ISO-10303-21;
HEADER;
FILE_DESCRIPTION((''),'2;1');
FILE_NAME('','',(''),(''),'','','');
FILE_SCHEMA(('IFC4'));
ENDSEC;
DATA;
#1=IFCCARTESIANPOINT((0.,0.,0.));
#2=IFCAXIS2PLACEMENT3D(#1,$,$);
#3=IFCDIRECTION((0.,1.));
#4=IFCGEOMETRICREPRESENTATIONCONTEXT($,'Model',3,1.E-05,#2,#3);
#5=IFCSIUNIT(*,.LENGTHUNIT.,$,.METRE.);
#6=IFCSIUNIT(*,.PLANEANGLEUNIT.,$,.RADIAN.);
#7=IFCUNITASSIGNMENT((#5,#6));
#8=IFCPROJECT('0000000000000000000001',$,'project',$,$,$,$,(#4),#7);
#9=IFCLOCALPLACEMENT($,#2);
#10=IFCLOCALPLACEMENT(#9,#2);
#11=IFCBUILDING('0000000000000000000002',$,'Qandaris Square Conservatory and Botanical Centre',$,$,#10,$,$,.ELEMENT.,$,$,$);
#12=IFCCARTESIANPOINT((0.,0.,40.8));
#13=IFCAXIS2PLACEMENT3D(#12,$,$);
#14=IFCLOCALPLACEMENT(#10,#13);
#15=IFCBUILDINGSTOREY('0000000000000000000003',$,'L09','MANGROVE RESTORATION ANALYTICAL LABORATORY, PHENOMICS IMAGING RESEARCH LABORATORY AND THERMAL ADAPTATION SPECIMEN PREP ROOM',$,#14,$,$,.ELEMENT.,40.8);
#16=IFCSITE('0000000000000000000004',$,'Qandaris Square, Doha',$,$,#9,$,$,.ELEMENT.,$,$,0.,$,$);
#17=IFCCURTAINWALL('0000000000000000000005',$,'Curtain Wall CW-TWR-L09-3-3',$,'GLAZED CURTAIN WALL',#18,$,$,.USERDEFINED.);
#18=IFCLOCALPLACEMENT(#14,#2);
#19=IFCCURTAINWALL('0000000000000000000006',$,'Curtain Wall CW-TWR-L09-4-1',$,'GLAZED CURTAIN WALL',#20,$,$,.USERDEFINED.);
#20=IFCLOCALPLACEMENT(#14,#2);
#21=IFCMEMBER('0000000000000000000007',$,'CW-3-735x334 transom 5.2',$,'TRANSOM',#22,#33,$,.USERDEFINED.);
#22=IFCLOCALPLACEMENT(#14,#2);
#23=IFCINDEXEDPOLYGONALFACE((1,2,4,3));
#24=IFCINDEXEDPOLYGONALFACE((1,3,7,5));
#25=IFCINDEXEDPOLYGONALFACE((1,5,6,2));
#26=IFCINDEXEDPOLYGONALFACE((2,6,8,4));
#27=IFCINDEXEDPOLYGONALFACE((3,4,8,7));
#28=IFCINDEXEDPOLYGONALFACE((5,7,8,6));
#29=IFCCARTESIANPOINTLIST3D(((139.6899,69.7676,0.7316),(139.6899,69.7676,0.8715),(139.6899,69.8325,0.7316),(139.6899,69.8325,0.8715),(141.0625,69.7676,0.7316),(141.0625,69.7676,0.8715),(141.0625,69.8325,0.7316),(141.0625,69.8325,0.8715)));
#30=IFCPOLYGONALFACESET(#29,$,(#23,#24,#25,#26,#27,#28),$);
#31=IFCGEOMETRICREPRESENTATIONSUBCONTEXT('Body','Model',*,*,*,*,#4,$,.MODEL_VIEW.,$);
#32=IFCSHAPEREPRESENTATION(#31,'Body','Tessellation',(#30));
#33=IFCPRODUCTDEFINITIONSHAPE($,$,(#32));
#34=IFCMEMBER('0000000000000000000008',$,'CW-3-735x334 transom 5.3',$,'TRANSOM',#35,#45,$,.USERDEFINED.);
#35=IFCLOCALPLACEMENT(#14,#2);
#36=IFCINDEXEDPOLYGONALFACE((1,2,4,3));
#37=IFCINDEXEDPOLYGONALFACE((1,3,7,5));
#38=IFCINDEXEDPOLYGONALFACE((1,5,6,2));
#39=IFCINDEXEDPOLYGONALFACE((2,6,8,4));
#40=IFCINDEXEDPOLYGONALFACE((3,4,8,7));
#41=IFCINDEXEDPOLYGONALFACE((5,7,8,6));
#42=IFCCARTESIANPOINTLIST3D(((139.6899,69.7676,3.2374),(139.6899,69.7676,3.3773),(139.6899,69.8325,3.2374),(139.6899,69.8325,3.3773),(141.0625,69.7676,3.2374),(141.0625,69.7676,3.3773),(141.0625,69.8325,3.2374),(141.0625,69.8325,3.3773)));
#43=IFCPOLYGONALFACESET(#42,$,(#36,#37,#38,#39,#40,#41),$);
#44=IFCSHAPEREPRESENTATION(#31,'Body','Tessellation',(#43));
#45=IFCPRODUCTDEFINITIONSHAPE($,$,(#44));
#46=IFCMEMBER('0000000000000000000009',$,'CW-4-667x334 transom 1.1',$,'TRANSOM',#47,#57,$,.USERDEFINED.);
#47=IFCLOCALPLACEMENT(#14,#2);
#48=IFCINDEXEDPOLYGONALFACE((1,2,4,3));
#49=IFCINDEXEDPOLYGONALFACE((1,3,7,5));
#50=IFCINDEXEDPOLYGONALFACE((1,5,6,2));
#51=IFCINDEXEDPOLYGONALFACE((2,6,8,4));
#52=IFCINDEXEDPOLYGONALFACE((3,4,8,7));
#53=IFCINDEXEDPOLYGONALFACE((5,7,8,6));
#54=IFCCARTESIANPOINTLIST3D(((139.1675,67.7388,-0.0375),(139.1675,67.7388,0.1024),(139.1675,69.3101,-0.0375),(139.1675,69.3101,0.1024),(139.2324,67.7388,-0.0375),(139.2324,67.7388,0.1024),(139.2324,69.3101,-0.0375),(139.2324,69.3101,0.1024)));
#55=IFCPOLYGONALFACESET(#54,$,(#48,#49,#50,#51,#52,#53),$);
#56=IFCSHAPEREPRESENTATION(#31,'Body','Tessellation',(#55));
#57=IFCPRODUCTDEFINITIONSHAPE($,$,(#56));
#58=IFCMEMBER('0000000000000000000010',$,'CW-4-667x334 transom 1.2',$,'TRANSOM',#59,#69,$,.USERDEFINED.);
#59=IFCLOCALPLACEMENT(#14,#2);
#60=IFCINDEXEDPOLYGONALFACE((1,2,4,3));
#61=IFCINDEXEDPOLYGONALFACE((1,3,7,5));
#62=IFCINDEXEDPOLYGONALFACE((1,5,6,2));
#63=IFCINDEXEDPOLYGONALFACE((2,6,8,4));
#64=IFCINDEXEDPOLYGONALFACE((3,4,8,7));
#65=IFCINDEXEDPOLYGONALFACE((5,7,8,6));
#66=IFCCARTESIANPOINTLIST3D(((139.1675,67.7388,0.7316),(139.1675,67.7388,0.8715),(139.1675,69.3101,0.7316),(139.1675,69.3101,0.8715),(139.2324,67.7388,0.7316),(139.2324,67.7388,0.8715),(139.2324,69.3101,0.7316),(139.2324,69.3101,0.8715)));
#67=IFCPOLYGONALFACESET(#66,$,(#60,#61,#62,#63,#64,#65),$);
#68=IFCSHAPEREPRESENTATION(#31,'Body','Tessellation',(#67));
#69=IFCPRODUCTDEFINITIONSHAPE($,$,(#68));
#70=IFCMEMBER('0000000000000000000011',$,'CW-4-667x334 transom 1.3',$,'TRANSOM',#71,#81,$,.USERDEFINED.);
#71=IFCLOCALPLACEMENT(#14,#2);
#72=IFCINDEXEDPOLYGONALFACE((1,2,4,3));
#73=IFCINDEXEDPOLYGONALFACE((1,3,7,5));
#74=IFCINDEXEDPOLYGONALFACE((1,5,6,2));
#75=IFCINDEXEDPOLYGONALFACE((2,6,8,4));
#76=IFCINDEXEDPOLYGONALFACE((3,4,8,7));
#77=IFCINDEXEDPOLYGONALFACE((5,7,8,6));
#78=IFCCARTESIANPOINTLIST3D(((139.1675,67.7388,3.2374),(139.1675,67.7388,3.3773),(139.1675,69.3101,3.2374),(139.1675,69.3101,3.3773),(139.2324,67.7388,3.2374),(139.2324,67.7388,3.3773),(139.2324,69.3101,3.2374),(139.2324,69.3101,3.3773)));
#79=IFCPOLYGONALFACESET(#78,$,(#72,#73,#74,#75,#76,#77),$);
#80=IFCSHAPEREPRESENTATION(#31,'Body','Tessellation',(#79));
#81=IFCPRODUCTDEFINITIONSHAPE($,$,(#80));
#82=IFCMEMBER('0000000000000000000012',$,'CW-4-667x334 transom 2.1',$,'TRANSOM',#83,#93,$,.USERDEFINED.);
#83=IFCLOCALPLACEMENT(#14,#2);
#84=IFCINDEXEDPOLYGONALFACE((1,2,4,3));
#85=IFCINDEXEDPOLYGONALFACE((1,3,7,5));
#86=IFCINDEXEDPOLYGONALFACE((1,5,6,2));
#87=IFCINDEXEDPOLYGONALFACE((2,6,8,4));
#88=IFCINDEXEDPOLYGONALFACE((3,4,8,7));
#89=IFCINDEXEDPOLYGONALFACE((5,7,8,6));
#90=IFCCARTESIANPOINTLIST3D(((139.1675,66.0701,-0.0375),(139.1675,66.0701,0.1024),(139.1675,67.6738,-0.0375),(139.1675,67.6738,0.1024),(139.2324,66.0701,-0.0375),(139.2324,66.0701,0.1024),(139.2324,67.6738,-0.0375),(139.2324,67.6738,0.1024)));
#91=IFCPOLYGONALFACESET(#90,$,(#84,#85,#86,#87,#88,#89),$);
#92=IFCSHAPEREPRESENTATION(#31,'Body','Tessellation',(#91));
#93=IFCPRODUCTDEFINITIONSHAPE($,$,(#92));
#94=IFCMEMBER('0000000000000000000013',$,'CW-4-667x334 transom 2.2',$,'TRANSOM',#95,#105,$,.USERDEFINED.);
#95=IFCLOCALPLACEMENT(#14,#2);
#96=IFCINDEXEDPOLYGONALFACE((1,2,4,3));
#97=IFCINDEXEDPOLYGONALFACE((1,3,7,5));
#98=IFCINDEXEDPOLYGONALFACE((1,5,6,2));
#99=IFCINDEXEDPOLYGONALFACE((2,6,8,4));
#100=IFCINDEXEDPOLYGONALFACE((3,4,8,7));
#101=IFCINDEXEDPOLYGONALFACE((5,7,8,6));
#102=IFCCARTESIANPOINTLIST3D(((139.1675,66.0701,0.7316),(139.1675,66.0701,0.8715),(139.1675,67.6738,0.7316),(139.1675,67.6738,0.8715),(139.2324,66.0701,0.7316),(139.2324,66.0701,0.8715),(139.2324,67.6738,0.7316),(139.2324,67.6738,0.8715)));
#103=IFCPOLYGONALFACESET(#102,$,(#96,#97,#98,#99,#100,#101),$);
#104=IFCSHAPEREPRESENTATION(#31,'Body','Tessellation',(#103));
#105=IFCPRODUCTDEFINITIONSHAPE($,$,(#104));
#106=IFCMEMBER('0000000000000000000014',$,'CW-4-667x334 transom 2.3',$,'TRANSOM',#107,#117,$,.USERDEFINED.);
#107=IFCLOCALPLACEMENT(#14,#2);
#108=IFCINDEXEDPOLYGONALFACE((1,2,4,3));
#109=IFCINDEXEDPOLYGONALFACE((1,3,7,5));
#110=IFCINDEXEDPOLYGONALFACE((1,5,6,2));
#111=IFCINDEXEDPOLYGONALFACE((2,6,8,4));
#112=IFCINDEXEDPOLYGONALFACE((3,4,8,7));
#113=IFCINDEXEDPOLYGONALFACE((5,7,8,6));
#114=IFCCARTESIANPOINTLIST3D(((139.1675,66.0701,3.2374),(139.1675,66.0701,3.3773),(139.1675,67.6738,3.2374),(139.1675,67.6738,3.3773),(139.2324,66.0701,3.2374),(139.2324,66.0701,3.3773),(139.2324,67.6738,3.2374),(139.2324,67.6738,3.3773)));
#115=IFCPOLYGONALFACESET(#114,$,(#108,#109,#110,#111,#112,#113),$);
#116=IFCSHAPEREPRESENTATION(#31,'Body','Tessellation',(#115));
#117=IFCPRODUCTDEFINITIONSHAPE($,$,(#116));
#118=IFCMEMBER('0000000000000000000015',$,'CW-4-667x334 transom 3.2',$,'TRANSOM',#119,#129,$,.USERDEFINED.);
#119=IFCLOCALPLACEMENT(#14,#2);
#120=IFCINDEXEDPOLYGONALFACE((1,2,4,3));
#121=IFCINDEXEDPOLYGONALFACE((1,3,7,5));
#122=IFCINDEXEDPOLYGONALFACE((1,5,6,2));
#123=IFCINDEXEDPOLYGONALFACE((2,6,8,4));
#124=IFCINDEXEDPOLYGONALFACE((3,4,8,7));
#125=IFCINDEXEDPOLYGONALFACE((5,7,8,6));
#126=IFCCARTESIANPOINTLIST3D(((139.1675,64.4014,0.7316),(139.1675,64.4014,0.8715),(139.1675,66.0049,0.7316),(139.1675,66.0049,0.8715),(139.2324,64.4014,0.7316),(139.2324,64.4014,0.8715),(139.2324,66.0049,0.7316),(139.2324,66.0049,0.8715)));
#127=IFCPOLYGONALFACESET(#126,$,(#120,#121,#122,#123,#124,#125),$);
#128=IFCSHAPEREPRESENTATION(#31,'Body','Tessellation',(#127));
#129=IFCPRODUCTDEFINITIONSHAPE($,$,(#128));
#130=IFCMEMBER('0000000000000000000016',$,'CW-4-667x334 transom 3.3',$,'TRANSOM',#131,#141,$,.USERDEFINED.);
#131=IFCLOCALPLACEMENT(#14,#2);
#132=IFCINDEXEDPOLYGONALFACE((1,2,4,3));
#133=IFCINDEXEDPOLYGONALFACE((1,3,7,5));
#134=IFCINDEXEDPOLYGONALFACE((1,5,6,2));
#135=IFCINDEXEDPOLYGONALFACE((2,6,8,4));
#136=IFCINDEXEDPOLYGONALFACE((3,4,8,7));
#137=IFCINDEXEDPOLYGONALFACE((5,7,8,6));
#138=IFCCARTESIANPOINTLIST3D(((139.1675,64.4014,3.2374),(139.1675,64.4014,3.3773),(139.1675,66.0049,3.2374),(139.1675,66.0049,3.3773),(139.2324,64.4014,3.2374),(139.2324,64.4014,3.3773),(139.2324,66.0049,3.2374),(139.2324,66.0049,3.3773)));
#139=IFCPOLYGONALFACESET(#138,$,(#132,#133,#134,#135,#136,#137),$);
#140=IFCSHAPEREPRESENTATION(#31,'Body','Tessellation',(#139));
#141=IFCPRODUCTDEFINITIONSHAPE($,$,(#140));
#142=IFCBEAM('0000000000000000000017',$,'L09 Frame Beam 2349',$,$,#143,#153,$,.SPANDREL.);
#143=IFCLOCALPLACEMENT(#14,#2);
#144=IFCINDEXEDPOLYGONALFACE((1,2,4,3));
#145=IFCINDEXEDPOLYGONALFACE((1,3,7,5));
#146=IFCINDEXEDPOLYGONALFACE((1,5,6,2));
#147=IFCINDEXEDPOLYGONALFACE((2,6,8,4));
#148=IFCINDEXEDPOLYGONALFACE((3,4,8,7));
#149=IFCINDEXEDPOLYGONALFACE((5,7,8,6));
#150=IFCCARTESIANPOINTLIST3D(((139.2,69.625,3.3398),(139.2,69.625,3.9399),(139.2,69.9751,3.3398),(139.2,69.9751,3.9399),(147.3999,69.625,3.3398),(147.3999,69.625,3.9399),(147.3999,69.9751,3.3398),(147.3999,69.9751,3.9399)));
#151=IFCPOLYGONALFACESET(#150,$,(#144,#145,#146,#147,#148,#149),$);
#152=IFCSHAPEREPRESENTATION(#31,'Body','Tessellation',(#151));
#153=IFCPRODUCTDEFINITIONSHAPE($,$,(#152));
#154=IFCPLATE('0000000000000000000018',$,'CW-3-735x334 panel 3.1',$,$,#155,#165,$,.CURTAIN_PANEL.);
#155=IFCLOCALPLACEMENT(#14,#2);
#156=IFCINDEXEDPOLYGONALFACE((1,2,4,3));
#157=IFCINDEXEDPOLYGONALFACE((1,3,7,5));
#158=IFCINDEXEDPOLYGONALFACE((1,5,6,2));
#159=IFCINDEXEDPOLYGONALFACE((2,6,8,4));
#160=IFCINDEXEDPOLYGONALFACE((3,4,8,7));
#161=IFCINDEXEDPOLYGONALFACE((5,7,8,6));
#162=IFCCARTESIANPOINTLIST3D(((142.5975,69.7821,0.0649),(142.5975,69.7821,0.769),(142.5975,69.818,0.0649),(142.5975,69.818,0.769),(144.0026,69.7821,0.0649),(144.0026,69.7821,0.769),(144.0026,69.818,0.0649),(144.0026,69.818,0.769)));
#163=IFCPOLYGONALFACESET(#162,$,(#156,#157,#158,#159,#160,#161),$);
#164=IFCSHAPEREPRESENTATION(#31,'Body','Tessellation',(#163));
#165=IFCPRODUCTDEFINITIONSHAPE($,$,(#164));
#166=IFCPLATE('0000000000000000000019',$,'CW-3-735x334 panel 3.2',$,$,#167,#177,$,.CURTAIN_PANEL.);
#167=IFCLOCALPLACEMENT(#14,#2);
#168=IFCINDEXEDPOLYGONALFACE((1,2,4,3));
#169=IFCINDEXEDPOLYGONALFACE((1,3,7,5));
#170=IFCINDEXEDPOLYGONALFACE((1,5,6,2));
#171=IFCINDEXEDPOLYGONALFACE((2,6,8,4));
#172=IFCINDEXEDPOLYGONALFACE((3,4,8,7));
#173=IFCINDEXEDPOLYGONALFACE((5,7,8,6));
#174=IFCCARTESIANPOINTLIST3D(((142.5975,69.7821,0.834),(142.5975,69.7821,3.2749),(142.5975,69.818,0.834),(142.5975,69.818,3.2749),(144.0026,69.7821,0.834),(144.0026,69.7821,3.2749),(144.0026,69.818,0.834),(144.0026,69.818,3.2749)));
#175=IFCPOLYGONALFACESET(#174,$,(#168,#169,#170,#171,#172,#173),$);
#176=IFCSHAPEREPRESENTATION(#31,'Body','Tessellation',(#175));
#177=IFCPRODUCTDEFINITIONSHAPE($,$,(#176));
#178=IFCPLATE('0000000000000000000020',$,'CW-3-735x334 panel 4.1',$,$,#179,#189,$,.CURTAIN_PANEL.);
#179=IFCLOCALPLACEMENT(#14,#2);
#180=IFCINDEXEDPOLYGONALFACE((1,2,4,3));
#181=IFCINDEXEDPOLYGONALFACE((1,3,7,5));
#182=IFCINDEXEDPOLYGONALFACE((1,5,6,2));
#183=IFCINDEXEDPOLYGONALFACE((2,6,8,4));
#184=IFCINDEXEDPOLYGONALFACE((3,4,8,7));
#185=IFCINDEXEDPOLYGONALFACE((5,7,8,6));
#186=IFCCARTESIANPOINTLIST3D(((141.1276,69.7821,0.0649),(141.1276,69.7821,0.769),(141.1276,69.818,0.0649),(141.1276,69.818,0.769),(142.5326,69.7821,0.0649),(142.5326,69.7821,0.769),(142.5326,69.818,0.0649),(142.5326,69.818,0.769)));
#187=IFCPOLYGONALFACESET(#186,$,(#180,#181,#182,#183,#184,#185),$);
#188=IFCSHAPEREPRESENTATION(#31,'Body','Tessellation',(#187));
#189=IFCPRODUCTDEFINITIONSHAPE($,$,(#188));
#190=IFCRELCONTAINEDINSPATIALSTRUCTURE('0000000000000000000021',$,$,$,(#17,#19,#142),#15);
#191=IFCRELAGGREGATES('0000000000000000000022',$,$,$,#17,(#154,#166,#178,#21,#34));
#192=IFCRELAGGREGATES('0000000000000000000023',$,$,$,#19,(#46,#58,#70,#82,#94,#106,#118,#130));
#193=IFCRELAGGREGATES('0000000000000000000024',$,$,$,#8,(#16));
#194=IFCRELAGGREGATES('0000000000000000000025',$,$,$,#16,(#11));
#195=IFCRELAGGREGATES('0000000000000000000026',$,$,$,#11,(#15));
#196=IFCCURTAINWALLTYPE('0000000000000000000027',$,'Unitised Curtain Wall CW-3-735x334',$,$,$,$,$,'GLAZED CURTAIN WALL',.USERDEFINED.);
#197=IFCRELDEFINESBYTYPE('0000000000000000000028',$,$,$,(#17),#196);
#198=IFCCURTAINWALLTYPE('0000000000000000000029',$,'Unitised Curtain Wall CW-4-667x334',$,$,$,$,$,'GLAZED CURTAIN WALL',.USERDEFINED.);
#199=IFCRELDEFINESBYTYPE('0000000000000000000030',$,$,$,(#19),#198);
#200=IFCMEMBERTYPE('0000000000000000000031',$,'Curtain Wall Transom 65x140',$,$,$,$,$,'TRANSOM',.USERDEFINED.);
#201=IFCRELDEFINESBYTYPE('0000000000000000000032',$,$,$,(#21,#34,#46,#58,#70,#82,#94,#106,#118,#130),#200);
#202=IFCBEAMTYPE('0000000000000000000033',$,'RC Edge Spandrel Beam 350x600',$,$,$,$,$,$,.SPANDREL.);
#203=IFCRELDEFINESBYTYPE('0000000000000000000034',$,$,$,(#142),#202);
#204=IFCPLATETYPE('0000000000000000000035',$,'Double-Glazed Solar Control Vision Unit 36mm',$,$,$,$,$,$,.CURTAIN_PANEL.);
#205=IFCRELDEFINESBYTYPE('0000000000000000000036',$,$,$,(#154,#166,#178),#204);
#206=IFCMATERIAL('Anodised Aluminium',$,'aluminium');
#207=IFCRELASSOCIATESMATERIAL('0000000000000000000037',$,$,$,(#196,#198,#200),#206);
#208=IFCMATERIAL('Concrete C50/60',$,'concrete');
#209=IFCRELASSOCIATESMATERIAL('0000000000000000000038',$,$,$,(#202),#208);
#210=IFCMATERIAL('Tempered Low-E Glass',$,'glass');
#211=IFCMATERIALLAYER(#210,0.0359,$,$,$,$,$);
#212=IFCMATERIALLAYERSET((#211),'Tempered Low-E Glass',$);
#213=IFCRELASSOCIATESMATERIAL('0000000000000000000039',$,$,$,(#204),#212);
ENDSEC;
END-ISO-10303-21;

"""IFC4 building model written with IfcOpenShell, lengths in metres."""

from ifc_helpers import new_model, si_unit, direction, frame, origin, origin_2d, place, context, subcontext, project, spatial, rectangle, extrude, material, layer, layer_set, material_profile, profile_set, type_object, element, aggregate, save


model = new_model("IFC4")

# Units and contexts
model_context = context("Model", 3, precision=1e-05, world=origin(), true_north=direction((0.0, 1.0)))
body_context = subcontext(model_context, "Body", "Model", "MODEL_VIEW")
ifc_project = project(units=[si_unit("LENGTHUNIT", "METRE"), si_unit("PLANEANGLEUNIT", "RADIAN")], contexts=[model_context])

# Site, building, storey
site_placement = place(None, origin())
site = spatial("IfcSite", under=ifc_project, at=site_placement, Name="Qandaris Square, Doha", CompositionType="ELEMENT", RefElevation=0.0)
building_placement = place(site_placement, origin())
building = spatial("IfcBuilding", under=site, at=building_placement, Name="Qandaris Square Conservatory and Botanical Centre", CompositionType="ELEMENT")
storey_placement = place(building_placement, frame((0.0, 0.0, 40.8)))
storey = spatial("IfcBuildingStorey", under=building, at=storey_placement, Name="L09", Description="MANGROVE RESTORATION ANALYTICAL LABORATORY, PHENOMICS IMAGING RESEARCH LABORATORY AND THERMAL ADAPTATION SPECIMEN PREP ROOM", CompositionType="ELEMENT", Elevation=40.8)

# Curtain walls
ifc_material_1 = material(Name="Anodised Aluminium", Category="aluminium")
curtain_wall_type_1 = type_object("IfcCurtainWallType", Name="Unitised Curtain Wall CW-3-735x334", ElementType="GLAZED CURTAIN WALL", PredefinedType="USERDEFINED", material=ifc_material_1)
curtain_wall_1_placement = place(storey_placement, origin())
curtain_wall_1 = element("IfcCurtainWall", 1, at=curtain_wall_1_placement, inside=storey, type_object=curtain_wall_type_1, Name="Curtain Wall CW-TWR-L09-3-3", ObjectType="GLAZED CURTAIN WALL", PredefinedType="USERDEFINED")
curtain_wall_type_2 = type_object("IfcCurtainWallType", Name="Unitised Curtain Wall CW-4-667x334", ElementType="GLAZED CURTAIN WALL", PredefinedType="USERDEFINED", material=ifc_material_1)
curtain_wall_2_placement = place(storey_placement, origin())
curtain_wall_2 = element("IfcCurtainWall", 2, at=curtain_wall_2_placement, inside=storey, type_object=curtain_wall_type_2, Name="Curtain Wall CW-TWR-L09-4-1", ObjectType="GLAZED CURTAIN WALL", PredefinedType="USERDEFINED")

# Members
ifc_material_profile_1 = material_profile(ifc_material_1, rectangle(XDim=0.0649, YDim=0.1399, at=origin_2d()), Name="ALU-TRN 65x140")
ifc_profile_set_1 = profile_set([ifc_material_profile_1], Name="Anodised Aluminium")
member_type_1 = type_object("IfcMemberType", Name="Curtain Wall Transom 65x140", ElementType="TRANSOM", PredefinedType="USERDEFINED", material=ifc_profile_set_1)
member_1_placement = place(storey_placement, frame((141.0625, 69.8, 0.8015), z_axis=(-1.0, 0.0, 0.0), x_axis=(0.0, -1.0, 0.0)))
member_1 = element("IfcMember", 3, at=member_1_placement, type_object=member_type_1, Name="CW-3-735x334 transom 5.2", ObjectType="TRANSOM", PredefinedType="USERDEFINED", context=body_context, shape_type="SweptSolid", body=[
    extrude(rectangle(XDim=0.0649, YDim=0.1399, at=origin_2d()), origin(), (0.0, 0.0, 1.0), 1.3726),
])
member_2_placement = place(storey_placement, frame((141.0625, 69.8, 3.3074), z_axis=(-1.0, 0.0, 0.0), x_axis=(0.0, -1.0, 0.0)))
member_2 = element("IfcMember", 4, at=member_2_placement, type_object=member_type_1, Name="CW-3-735x334 transom 5.3", ObjectType="TRANSOM", PredefinedType="USERDEFINED", context=body_context, shape_type="SweptSolid", body=[
    extrude(rectangle(XDim=0.0649, YDim=0.1399, at=origin_2d()), origin(), (0.0, 0.0, 1.0), 1.3726),
])
member_3_placement = place(storey_placement, frame((139.2, 69.3101, 0.0325), z_axis=(0.0, -1.0, 0.0), x_axis=(1.0, 0.0, 0.0)))
member_3 = element("IfcMember", 5, at=member_3_placement, type_object=member_type_1, Name="CW-4-667x334 transom 1.1", ObjectType="TRANSOM", PredefinedType="USERDEFINED", context=body_context, shape_type="SweptSolid", body=[
    extrude(rectangle(XDim=0.0649, YDim=0.1399, at=origin_2d()), origin(), (0.0, 0.0, 1.0), 1.5713),
])
member_4_placement = place(storey_placement, frame((139.2, 69.3101, 0.8015), z_axis=(0.0, -1.0, 0.0), x_axis=(1.0, 0.0, 0.0)))
member_4 = element("IfcMember", 6, at=member_4_placement, type_object=member_type_1, Name="CW-4-667x334 transom 1.2", ObjectType="TRANSOM", PredefinedType="USERDEFINED", context=body_context, shape_type="SweptSolid", body=[
    extrude(rectangle(XDim=0.0649, YDim=0.1399, at=origin_2d()), origin(), (0.0, 0.0, 1.0), 1.5713),
])
member_5_placement = place(storey_placement, frame((139.2, 69.3101, 3.3074), z_axis=(0.0, -1.0, 0.0), x_axis=(1.0, 0.0, 0.0)))
member_5 = element("IfcMember", 7, at=member_5_placement, type_object=member_type_1, Name="CW-4-667x334 transom 1.3", ObjectType="TRANSOM", PredefinedType="USERDEFINED", context=body_context, shape_type="SweptSolid", body=[
    extrude(rectangle(XDim=0.0649, YDim=0.1399, at=origin_2d()), origin(), (0.0, 0.0, 1.0), 1.5713),
])
member_6_placement = place(storey_placement, frame((139.2, 67.6738, 0.0325), z_axis=(0.0, -1.0, 0.0), x_axis=(1.0, 0.0, 0.0)))
member_6 = element("IfcMember", 8, at=member_6_placement, type_object=member_type_1, Name="CW-4-667x334 transom 2.1", ObjectType="TRANSOM", PredefinedType="USERDEFINED", context=body_context, shape_type="SweptSolid", body=[
    extrude(rectangle(XDim=0.0649, YDim=0.1399, at=origin_2d()), origin(), (0.0, 0.0, 1.0), 1.6038),
])
member_7_placement = place(storey_placement, frame((139.2, 67.6738, 0.8015), z_axis=(0.0, -1.0, 0.0), x_axis=(1.0, 0.0, 0.0)))
member_7 = element("IfcMember", 9, at=member_7_placement, type_object=member_type_1, Name="CW-4-667x334 transom 2.2", ObjectType="TRANSOM", PredefinedType="USERDEFINED", context=body_context, shape_type="SweptSolid", body=[
    extrude(rectangle(XDim=0.0649, YDim=0.1399, at=origin_2d()), origin(), (0.0, 0.0, 1.0), 1.6038),
])
member_8_placement = place(storey_placement, frame((139.2, 67.6738, 3.3074), z_axis=(0.0, -1.0, 0.0), x_axis=(1.0, 0.0, 0.0)))
member_8 = element("IfcMember", 10, at=member_8_placement, type_object=member_type_1, Name="CW-4-667x334 transom 2.3", ObjectType="TRANSOM", PredefinedType="USERDEFINED", context=body_context, shape_type="SweptSolid", body=[
    extrude(rectangle(XDim=0.0649, YDim=0.1399, at=origin_2d()), origin(), (0.0, 0.0, 1.0), 1.6038),
])
member_9_placement = place(storey_placement, frame((139.2, 66.0049, 0.8015), z_axis=(0.0, -1.0, 0.0), x_axis=(1.0, 0.0, 0.0)))
member_9 = element("IfcMember", 11, at=member_9_placement, type_object=member_type_1, Name="CW-4-667x334 transom 3.2", ObjectType="TRANSOM", PredefinedType="USERDEFINED", context=body_context, shape_type="SweptSolid", body=[
    extrude(rectangle(XDim=0.0649, YDim=0.1399, at=origin_2d()), origin(), (0.0, 0.0, 1.0), 1.6035),
])
member_10_placement = place(storey_placement, frame((139.2, 66.0049, 3.3074), z_axis=(0.0, -1.0, 0.0), x_axis=(1.0, 0.0, 0.0)))
member_10 = element("IfcMember", 12, at=member_10_placement, type_object=member_type_1, Name="CW-4-667x334 transom 3.3", ObjectType="TRANSOM", PredefinedType="USERDEFINED", context=body_context, shape_type="SweptSolid", body=[
    extrude(rectangle(XDim=0.0649, YDim=0.1399, at=origin_2d()), origin(), (0.0, 0.0, 1.0), 1.6035),
])

# Beam
ifc_material_2 = material(Name="Concrete C50/60", Category="concrete")
ifc_material_profile_2 = material_profile(ifc_material_2, rectangle(XDim=0.3501, YDim=0.6001, at=origin_2d()), Name="RC-SP 350x600")
ifc_profile_set_2 = profile_set([ifc_material_profile_2], Name="Concrete C50/60")
beam_type_1 = type_object("IfcBeamType", Name="RC Edge Spandrel Beam 350x600", PredefinedType="SPANDREL", material=ifc_profile_set_2)
beam_1_placement = place(storey_placement, frame((139.2, 69.8, 3.6399), z_axis=(1.0, 0.0, 0.0), x_axis=(0.0, 1.0, 0.0)))
element("IfcBeam", 13, at=beam_1_placement, inside=storey, type_object=beam_type_1, Name="L09 Frame Beam 2349", PredefinedType="SPANDREL", context=body_context, shape_type="SweptSolid", body=[
    extrude(rectangle(XDim=0.3501, YDim=0.6001, at=origin_2d()), origin(), (0.0, 0.0, 1.0), 8.2),
])

# Plates
ifc_material_3 = material(Name="Tempered Low-E Glass", Category="glass")
ifc_layer = layer(ifc_material_3, 0.0359)
ifc_layer_set = layer_set([ifc_layer], Name="Tempered Low-E Glass")
plate_type = type_object("IfcPlateType", Name="Double-Glazed Solar Control Vision Unit 36mm", PredefinedType="CURTAIN_PANEL", material=ifc_layer_set)
plate_1_placement = place(storey_placement, frame((143.3, 69.8, 0.0649), z_axis=(0.0, 0.0, 1.0), x_axis=(-1.0, 0.0, 0.0)))
plate_1 = element("IfcPlate", 14, at=plate_1_placement, type_object=plate_type, Name="CW-3-735x334 panel 3.1", PredefinedType="CURTAIN_PANEL", context=body_context, shape_type="SweptSolid", body=[
    extrude(rectangle(XDim=1.405, YDim=0.0359, at=origin_2d()), origin(), (0.0, 0.0, 1.0), 0.7041),
])
plate_2_placement = place(storey_placement, frame((143.3, 69.8, 0.834), z_axis=(0.0, 0.0, 1.0), x_axis=(-1.0, 0.0, 0.0)))
plate_2 = element("IfcPlate", 15, at=plate_2_placement, type_object=plate_type, Name="CW-3-735x334 panel 3.2", PredefinedType="CURTAIN_PANEL", context=body_context, shape_type="SweptSolid", body=[
    extrude(rectangle(XDim=1.405, YDim=0.0359, at=origin_2d()), origin(), (0.0, 0.0, 1.0), 2.4409),
])
plate_3_placement = place(storey_placement, frame((141.8301, 69.8, 0.0649), z_axis=(0.0, 0.0, 1.0), x_axis=(-1.0, 0.0, 0.0)))
plate_3 = element("IfcPlate", 16, at=plate_3_placement, type_object=plate_type, Name="CW-3-735x334 panel 4.1", PredefinedType="CURTAIN_PANEL", context=body_context, shape_type="SweptSolid", body=[
    extrude(rectangle(XDim=1.405, YDim=0.0359, at=origin_2d()), origin(), (0.0, 0.0, 1.0), 0.7041),
])
aggregate(curtain_wall_1, [plate_1, plate_2, plate_3, member_1, member_2])
aggregate(curtain_wall_2, [member_3, member_4, member_5, member_6, member_7, member_8, member_9, member_10])

save(model, "model.ifc")
